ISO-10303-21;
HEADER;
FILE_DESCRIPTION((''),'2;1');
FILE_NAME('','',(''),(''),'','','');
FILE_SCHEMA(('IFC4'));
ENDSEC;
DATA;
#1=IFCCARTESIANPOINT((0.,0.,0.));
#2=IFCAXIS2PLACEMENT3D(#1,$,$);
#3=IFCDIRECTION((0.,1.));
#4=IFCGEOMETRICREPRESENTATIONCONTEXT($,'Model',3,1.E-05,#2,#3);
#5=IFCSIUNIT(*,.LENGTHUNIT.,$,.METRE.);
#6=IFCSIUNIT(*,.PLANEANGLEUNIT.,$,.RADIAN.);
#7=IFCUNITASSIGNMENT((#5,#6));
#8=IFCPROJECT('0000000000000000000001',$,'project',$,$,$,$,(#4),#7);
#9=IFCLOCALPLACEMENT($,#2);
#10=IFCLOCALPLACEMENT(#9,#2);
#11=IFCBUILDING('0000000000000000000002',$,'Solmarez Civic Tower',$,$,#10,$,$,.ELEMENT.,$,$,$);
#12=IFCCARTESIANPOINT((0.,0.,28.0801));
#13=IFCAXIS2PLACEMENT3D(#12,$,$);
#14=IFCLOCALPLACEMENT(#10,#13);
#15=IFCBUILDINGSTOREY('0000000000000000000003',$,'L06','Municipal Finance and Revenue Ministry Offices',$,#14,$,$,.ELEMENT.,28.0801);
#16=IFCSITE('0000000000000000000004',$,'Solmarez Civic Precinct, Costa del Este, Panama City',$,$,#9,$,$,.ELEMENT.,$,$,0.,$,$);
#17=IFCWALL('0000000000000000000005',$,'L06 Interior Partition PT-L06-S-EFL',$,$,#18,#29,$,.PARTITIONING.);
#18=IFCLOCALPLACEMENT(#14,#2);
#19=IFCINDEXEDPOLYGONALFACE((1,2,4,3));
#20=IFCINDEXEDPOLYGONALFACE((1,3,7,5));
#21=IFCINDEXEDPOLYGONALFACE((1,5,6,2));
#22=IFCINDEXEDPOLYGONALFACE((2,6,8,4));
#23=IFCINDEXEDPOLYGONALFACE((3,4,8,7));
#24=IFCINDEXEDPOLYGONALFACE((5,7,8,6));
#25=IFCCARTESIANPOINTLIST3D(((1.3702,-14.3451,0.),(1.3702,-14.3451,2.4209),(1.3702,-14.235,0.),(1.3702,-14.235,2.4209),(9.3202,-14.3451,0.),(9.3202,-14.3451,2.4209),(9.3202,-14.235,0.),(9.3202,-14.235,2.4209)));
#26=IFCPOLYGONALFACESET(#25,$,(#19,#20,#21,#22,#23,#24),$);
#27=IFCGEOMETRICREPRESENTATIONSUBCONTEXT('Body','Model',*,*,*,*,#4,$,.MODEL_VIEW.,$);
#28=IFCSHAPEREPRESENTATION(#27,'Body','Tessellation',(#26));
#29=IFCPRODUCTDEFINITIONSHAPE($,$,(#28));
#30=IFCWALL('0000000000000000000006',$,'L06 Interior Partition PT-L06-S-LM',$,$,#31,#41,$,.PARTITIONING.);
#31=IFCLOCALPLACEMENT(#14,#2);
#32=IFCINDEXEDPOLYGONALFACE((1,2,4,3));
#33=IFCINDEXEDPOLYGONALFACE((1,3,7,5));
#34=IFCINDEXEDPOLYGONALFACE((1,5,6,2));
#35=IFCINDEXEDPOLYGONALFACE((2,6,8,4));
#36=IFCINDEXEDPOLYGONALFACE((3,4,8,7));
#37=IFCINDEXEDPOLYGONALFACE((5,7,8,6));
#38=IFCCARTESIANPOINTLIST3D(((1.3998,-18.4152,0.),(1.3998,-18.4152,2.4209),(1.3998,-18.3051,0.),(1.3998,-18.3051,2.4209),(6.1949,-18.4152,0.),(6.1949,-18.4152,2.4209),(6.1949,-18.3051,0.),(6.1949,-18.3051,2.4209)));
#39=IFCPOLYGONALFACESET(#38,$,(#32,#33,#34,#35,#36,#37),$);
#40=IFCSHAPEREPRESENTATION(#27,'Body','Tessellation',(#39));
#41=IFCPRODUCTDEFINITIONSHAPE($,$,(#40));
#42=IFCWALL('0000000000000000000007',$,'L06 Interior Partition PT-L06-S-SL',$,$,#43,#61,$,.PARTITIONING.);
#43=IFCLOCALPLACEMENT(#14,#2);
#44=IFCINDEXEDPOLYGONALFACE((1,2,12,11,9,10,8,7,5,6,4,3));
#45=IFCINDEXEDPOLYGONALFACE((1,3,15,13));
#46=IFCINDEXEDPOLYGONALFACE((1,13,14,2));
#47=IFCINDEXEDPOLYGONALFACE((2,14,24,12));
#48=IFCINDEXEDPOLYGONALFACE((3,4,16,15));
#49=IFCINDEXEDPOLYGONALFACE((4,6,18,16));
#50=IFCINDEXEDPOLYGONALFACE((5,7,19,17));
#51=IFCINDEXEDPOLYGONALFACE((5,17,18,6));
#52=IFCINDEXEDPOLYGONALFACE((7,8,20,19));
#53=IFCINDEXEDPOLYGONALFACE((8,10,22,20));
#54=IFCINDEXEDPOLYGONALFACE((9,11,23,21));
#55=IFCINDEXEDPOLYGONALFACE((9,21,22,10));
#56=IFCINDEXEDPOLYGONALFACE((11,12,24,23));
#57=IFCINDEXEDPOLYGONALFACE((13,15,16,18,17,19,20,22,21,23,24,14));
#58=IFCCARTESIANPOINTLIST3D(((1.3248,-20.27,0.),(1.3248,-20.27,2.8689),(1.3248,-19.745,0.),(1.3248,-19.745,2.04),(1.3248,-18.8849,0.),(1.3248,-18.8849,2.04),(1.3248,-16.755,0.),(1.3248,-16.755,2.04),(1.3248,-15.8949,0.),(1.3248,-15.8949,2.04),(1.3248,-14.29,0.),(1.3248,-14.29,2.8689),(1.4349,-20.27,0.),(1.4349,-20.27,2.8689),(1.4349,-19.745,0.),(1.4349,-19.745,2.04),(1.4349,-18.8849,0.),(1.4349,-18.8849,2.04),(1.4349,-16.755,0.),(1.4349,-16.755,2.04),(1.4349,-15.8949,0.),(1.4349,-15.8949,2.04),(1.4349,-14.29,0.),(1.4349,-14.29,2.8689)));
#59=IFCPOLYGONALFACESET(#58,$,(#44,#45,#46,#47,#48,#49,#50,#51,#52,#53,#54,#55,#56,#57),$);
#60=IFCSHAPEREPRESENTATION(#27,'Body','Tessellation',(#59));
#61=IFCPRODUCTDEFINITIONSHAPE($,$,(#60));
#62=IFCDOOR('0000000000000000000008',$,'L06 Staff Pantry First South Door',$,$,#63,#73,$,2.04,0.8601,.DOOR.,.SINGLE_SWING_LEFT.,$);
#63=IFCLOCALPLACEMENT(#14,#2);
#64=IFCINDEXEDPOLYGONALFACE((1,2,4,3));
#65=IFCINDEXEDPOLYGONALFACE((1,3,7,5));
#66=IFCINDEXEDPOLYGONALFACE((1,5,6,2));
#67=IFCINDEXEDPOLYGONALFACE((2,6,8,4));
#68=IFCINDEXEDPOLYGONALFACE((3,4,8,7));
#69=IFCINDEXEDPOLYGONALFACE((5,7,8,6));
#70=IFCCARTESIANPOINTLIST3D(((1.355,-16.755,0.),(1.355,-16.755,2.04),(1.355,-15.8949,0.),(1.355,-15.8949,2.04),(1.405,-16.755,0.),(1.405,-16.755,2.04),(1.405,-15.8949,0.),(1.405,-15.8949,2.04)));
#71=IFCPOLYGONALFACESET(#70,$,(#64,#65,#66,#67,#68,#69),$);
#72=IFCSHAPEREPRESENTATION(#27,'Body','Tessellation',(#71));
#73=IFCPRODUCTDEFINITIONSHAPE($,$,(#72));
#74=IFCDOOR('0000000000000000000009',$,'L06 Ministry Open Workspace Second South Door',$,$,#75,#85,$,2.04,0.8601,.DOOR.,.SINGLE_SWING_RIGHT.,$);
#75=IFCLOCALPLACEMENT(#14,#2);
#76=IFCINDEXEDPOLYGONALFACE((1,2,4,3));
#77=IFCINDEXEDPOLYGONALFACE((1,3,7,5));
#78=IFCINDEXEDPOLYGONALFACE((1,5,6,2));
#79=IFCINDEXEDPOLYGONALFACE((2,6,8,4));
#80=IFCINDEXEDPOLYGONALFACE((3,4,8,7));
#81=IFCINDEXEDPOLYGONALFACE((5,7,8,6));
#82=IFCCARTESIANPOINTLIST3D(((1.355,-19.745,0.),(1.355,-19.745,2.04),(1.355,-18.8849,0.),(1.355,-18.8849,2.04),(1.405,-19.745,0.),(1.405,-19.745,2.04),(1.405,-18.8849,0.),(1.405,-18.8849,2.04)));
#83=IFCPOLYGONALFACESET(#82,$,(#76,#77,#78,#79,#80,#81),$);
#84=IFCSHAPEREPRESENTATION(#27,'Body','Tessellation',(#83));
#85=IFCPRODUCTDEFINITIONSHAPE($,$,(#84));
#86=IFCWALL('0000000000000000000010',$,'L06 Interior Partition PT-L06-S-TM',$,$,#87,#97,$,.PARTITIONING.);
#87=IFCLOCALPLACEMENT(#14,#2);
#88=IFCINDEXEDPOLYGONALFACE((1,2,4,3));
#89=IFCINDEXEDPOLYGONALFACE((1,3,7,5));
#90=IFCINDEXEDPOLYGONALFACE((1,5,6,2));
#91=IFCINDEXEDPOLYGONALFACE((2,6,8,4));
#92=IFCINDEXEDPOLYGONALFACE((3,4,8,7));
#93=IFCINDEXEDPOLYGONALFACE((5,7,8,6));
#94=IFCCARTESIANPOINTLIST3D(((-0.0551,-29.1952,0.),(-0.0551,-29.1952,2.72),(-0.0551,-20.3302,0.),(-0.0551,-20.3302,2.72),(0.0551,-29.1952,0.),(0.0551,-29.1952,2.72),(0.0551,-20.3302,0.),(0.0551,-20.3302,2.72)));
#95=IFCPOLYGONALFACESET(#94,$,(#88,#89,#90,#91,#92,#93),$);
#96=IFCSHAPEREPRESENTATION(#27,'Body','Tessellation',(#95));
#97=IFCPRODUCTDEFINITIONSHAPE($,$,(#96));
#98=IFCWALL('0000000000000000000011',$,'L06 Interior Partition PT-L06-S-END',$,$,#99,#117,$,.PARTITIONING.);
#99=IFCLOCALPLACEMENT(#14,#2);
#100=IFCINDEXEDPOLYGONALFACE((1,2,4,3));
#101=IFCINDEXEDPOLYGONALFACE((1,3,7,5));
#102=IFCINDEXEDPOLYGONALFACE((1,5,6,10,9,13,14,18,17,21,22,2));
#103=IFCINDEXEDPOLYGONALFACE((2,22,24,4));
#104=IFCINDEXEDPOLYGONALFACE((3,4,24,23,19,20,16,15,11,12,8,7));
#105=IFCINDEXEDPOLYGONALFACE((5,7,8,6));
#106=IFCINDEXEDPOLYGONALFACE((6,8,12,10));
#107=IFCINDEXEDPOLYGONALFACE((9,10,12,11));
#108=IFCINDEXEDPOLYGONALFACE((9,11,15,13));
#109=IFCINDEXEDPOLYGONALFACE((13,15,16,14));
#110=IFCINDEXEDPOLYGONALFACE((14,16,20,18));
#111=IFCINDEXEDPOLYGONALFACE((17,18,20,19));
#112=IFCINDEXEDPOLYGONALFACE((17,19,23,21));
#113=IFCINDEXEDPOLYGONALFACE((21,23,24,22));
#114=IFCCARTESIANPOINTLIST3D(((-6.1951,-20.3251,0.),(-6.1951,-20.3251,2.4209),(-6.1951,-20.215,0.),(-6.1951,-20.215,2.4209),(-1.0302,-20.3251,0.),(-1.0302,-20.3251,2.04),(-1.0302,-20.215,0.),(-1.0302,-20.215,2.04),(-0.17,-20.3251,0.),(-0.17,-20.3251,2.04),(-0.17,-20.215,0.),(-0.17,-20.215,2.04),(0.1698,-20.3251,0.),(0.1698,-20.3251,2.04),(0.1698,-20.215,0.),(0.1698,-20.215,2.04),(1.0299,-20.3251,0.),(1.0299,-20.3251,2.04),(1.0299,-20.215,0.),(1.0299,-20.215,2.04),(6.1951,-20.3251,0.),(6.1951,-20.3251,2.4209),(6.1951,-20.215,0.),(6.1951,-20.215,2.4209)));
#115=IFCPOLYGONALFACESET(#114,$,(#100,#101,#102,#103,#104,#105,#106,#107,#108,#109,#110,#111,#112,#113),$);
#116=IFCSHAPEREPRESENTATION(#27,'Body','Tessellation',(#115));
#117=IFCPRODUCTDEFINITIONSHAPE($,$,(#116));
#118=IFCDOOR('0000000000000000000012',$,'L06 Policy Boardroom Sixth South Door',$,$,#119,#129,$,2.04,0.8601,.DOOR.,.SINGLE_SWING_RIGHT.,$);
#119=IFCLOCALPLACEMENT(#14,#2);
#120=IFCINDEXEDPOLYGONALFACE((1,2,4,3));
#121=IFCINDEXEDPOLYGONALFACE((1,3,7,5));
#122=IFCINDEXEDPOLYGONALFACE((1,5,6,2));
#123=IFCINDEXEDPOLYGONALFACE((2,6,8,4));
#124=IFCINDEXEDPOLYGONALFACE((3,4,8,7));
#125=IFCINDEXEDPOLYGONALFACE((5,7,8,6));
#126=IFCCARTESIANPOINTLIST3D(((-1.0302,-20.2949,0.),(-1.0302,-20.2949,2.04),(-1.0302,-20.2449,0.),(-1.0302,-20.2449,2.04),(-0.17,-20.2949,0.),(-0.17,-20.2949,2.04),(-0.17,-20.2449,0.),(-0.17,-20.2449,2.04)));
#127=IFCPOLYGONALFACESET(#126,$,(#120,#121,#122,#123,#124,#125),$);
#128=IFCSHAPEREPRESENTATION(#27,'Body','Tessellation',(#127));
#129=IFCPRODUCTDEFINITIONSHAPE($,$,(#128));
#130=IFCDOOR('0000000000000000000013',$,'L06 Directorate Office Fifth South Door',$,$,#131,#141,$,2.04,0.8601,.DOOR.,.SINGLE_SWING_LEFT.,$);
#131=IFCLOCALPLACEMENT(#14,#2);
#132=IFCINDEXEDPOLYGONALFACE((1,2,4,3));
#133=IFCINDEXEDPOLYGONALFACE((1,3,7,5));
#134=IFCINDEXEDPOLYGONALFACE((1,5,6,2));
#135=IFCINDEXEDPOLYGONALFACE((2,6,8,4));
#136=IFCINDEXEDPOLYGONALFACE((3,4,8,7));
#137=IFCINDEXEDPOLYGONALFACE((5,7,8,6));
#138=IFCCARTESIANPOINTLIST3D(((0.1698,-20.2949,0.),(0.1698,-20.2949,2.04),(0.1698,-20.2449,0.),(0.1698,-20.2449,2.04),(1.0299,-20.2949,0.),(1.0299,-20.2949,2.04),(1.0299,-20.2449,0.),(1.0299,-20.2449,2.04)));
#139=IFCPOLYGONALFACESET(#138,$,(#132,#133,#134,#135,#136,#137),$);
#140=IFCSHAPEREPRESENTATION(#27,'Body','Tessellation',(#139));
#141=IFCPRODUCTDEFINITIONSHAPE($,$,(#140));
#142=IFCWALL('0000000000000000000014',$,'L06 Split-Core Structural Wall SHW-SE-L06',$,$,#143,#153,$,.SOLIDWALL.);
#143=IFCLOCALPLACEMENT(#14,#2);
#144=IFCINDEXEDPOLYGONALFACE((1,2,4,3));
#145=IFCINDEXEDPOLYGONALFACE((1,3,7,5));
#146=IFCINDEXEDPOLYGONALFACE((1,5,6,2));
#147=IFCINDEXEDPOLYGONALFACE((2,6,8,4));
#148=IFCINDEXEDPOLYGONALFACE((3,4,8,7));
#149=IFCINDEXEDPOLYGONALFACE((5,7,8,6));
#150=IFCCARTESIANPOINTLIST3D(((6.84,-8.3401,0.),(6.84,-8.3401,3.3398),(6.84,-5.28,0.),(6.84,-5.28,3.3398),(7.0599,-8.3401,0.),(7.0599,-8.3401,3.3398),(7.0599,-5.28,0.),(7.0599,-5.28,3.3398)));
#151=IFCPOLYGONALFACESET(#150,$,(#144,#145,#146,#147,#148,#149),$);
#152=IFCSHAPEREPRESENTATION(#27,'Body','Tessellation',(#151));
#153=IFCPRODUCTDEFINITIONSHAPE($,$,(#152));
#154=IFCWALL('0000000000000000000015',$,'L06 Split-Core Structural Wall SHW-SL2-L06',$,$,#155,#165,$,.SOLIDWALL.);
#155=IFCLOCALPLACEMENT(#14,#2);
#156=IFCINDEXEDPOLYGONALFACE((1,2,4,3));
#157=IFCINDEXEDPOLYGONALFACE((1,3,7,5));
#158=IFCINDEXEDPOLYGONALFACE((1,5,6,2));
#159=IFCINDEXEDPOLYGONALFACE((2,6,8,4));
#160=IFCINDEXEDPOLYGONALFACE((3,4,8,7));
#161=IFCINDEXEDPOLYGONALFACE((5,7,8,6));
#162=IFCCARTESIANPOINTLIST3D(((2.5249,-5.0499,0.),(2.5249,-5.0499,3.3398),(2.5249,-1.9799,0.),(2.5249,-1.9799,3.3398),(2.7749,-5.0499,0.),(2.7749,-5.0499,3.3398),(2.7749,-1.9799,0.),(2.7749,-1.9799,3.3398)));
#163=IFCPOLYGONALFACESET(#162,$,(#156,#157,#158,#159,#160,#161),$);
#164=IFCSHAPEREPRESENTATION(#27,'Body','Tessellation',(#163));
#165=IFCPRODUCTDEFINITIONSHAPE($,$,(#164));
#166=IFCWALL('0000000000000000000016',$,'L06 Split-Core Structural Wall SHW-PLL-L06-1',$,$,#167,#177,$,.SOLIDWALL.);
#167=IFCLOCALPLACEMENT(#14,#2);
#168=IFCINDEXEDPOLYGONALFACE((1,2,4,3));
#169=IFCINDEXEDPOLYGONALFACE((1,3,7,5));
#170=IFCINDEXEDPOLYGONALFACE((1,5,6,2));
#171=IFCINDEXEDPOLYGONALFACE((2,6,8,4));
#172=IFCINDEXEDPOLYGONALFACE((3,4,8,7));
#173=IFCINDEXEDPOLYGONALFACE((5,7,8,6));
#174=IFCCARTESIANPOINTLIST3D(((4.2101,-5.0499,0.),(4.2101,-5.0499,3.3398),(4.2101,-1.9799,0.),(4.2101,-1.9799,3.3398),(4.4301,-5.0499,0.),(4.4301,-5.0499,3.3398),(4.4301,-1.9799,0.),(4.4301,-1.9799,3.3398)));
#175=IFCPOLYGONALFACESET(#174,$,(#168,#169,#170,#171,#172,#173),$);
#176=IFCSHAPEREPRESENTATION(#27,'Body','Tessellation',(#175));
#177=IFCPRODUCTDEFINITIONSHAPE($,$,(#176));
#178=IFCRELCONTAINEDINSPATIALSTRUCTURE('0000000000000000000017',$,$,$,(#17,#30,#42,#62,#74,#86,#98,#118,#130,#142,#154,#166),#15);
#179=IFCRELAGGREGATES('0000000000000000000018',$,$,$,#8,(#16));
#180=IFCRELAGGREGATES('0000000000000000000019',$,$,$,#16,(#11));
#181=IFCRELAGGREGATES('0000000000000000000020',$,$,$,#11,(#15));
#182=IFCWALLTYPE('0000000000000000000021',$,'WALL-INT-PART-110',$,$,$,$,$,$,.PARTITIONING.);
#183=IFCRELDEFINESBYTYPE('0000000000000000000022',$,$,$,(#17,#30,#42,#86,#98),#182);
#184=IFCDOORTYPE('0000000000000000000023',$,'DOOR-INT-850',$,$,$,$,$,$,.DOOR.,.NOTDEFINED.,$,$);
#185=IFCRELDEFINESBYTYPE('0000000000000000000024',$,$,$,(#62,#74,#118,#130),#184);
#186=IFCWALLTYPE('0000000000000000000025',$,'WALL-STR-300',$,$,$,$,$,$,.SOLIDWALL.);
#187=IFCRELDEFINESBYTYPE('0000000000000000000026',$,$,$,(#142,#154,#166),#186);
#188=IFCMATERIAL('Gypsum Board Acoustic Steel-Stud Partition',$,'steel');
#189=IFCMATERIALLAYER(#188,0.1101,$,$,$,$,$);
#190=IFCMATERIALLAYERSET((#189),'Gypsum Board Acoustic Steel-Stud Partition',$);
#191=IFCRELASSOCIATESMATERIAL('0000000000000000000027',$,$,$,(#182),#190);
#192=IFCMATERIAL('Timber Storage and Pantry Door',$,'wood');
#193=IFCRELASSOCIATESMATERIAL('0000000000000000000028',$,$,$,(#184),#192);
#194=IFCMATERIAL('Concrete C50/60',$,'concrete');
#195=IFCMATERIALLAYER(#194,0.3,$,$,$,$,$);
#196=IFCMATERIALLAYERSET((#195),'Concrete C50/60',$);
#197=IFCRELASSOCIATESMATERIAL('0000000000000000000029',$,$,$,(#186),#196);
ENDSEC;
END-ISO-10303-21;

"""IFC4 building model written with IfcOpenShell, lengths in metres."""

from ifc_helpers import new_model, si_unit, direction, frame, frame_2d, origin, place, context, subcontext, project, spatial, rectangle, extrude, material, layer, layer_set, type_object, element, fill, save


model = new_model("IFC4")

# Units and contexts
model_context = context("Model", 3, precision=1e-05, world=origin(), true_north=direction((0.0, 1.0)))
body_context = subcontext(model_context, "Body", "Model", "MODEL_VIEW")
ifc_project = project(units=[si_unit("LENGTHUNIT", "METRE"), si_unit("PLANEANGLEUNIT", "RADIAN")], contexts=[model_context])

# Site, building, storey
site_placement = place(None, origin())
site = spatial("IfcSite", under=ifc_project, at=site_placement, Name="Solmarez Civic Precinct, Costa del Este, Panama City", CompositionType="ELEMENT", RefElevation=0.0)
building_placement = place(site_placement, origin())
building = spatial("IfcBuilding", under=site, at=building_placement, Name="Solmarez Civic Tower", CompositionType="ELEMENT")
storey_placement = place(building_placement, frame((0.0, 0.0, 28.0801)))
storey = spatial("IfcBuildingStorey", under=building, at=storey_placement, Name="L06", Description="Municipal Finance and Revenue Ministry Offices", CompositionType="ELEMENT", Elevation=28.0801)

# Shared definitions
ifc_material_1 = material(Name="Concrete C50/60", Category="concrete")

# Walls
ifc_material_2 = material(Name="Gypsum Board Acoustic Steel-Stud Partition", Category="steel")
ifc_layer_1 = layer(ifc_material_2, 0.1101)
ifc_layer_set_1 = layer_set([ifc_layer_1], Name="Gypsum Board Acoustic Steel-Stud Partition")
wall_type_1 = type_object("IfcWallType", Name="WALL-INT-PART-110", PredefinedType="PARTITIONING", material=ifc_layer_set_1)
wall_1_placement = place(storey_placement, frame((1.3701, -14.29, 0.0), z_axis=(0.0, 0.0, 1.0), x_axis=(1.0, 0.0, 0.0)))
element("IfcWall", 1, at=wall_1_placement, inside=storey, type_object=wall_type_1, Name="L06 Interior Partition PT-L06-S-EFL", PredefinedType="PARTITIONING", context=body_context, shape_type="SweptSolid", body=[
    extrude(rectangle(XDim=7.95, YDim=0.1101, at=frame_2d((3.9751, 0.0))), origin(), (0.0, 0.0, 1.0), 2.4209),
])
wall_2_placement = place(storey_placement, frame((1.3999, -18.3601, 0.0), z_axis=(0.0, 0.0, 1.0), x_axis=(1.0, 0.0, 0.0)))
element("IfcWall", 2, at=wall_2_placement, inside=storey, type_object=wall_type_1, Name="L06 Interior Partition PT-L06-S-LM", PredefinedType="PARTITIONING", context=body_context, shape_type="SweptSolid", body=[
    extrude(rectangle(XDim=4.7952, YDim=0.1101, at=frame_2d((2.3975, 0.0))), origin(), (0.0, 0.0, 1.0), 2.4209),
])

# Wall, openings, doors
wall_3_placement = place(storey_placement, frame((1.3799, -20.27, 0.0), z_axis=(0.0, 0.0, 1.0), x_axis=(0.0, 1.0, 0.0)))
wall_3 = element("IfcWall", 3, at=wall_3_placement, inside=storey, type_object=wall_type_1, Name="L06 Interior Partition PT-L06-S-SL", PredefinedType="PARTITIONING", context=body_context, shape_type="SweptSolid", body=[
    extrude(rectangle(XDim=5.98, YDim=0.1101, at=frame_2d((2.99, 0.0))), origin(), (0.0, 0.0, 1.0), 2.8689),
])
opening_1_placement = place(wall_3_placement, frame((3.5149, 0.0, 0.0)))
opening_1 = element("IfcOpeningElement", 4, at=opening_1_placement, cuts=wall_3, PredefinedType="OPENING", context=body_context, shape_type="SweptSolid", body=[
    extrude(rectangle(XDim=0.8601, YDim=2.04, at=frame_2d((0.4302, 1.02))), frame((0.0, 0.0649, 0.0), z_axis=(0.0, -1.0, 0.0), x_axis=(1.0, 0.0, 0.0)), (0.0, 0.0, 1.0), 0.1301),
])
opening_2_placement = place(wall_3_placement, frame((0.5249, 0.0, 0.0)))
opening_2 = element("IfcOpeningElement", 5, at=opening_2_placement, cuts=wall_3, PredefinedType="OPENING", context=body_context, shape_type="SweptSolid", body=[
    extrude(rectangle(XDim=0.8601, YDim=2.04, at=frame_2d((0.4302, 1.02))), frame((0.0, 0.0649, 0.0), z_axis=(0.0, -1.0, 0.0), x_axis=(1.0, 0.0, 0.0)), (0.0, 0.0, 1.0), 0.1301),
])
ifc_material_3 = material(Name="Timber Storage and Pantry Door", Category="wood")
door_type = type_object("IfcDoorType", Name="DOOR-INT-850", OperationType="NOTDEFINED", PredefinedType="DOOR", material=ifc_material_3)
door_1_placement = place(opening_1_placement, origin())
door_1 = element("IfcDoor", 6, at=door_1_placement, inside=storey, type_object=door_type, Name="L06 Staff Pantry First South Door", OperationType="SINGLE_SWING_LEFT", OverallHeight=2.04, OverallWidth=0.8601, PredefinedType="DOOR", context=body_context, shape_type="SweptSolid", body=[
    extrude(rectangle(XDim=0.8601, YDim=2.04, at=frame_2d((0.4302, 1.02))), frame((0.0, 0.0249, 0.0), z_axis=(0.0, -1.0, 0.0), x_axis=(1.0, 0.0, 0.0)), (0.0, 0.0, 1.0), 0.05),
])
fill(opening_1, door_1)
door_2_placement = place(opening_2_placement, origin())
door_2 = element("IfcDoor", 7, at=door_2_placement, inside=storey, type_object=door_type, Name="L06 Ministry Open Workspace Second South Door", OperationType="SINGLE_SWING_RIGHT", OverallHeight=2.04, OverallWidth=0.8601, PredefinedType="DOOR", context=body_context, shape_type="SweptSolid", body=[
    extrude(rectangle(XDim=0.8601, YDim=2.04, at=frame_2d((0.4302, 1.02))), frame((0.0, 0.0249, 0.0), z_axis=(0.0, -1.0, 0.0), x_axis=(1.0, 0.0, 0.0)), (0.0, 0.0, 1.0), 0.05),
])
fill(opening_2, door_2)

# Wall
wall_4_placement = place(storey_placement, frame((0.0, -20.3301, 0.0), z_axis=(0.0, 0.0, 1.0), x_axis=(0.0, -1.0, 0.0)))
element("IfcWall", 8, at=wall_4_placement, inside=storey, type_object=wall_type_1, Name="L06 Interior Partition PT-L06-S-TM", PredefinedType="PARTITIONING", context=body_context, shape_type="SweptSolid", body=[
    extrude(rectangle(XDim=8.865, YDim=0.1101, at=frame_2d((4.4326, 0.0))), origin(), (0.0, 0.0, 1.0), 2.72),
])

# Wall, openings, doors
wall_5_placement = place(storey_placement, frame((6.1951, -20.27, 0.0), z_axis=(0.0, 0.0, 1.0), x_axis=(-1.0, 0.0, 0.0)))
wall_5 = element("IfcWall", 9, at=wall_5_placement, inside=storey, type_object=wall_type_1, Name="L06 Interior Partition PT-L06-S-END", PredefinedType="PARTITIONING", context=body_context, shape_type="SweptSolid", body=[
    extrude(rectangle(XDim=12.3901, YDim=0.1101, at=frame_2d((6.1951, 0.0))), origin(), (0.0, 0.0, 1.0), 2.4209),
])
opening_3_placement = place(wall_5_placement, frame((6.365, 0.0, 0.0)))
opening_3 = element("IfcOpeningElement", 10, at=opening_3_placement, cuts=wall_5, PredefinedType="OPENING", context=body_context, shape_type="SweptSolid", body=[
    extrude(rectangle(XDim=0.8601, YDim=2.04, at=frame_2d((0.4302, 1.02))), frame((0.0, 0.0649, 0.0), z_axis=(0.0, -1.0, 0.0), x_axis=(1.0, 0.0, 0.0)), (0.0, 0.0, 1.0), 0.1301),
])
opening_4_placement = place(wall_5_placement, frame((5.165, 0.0, 0.0)))
opening_4 = element("IfcOpeningElement", 11, at=opening_4_placement, cuts=wall_5, PredefinedType="OPENING", context=body_context, shape_type="SweptSolid", body=[
    extrude(rectangle(XDim=0.8601, YDim=2.04, at=frame_2d((0.4302, 1.02))), frame((0.0, 0.0649, 0.0), z_axis=(0.0, -1.0, 0.0), x_axis=(1.0, 0.0, 0.0)), (0.0, 0.0, 1.0), 0.1301),
])
door_3_placement = place(opening_3_placement, origin())
door_3 = element("IfcDoor", 12, at=door_3_placement, inside=storey, type_object=door_type, Name="L06 Policy Boardroom Sixth South Door", OperationType="SINGLE_SWING_RIGHT", OverallHeight=2.04, OverallWidth=0.8601, PredefinedType="DOOR", context=body_context, shape_type="SweptSolid", body=[
    extrude(rectangle(XDim=0.8601, YDim=2.04, at=frame_2d((0.4302, 1.02))), frame((0.0, 0.0249, 0.0), z_axis=(0.0, -1.0, 0.0), x_axis=(1.0, 0.0, 0.0)), (0.0, 0.0, 1.0), 0.05),
])
fill(opening_3, door_3)
door_4_placement = place(opening_4_placement, origin())
door_4 = element("IfcDoor", 13, at=door_4_placement, inside=storey, type_object=door_type, Name="L06 Directorate Office Fifth South Door", OperationType="SINGLE_SWING_LEFT", OverallHeight=2.04, OverallWidth=0.8601, PredefinedType="DOOR", context=body_context, shape_type="SweptSolid", body=[
    extrude(rectangle(XDim=0.8601, YDim=2.04, at=frame_2d((0.4302, 1.02))), frame((0.0, 0.0249, 0.0), z_axis=(0.0, -1.0, 0.0), x_axis=(1.0, 0.0, 0.0)), (0.0, 0.0, 1.0), 0.05),
])
fill(opening_4, door_4)

# Walls
ifc_layer_2 = layer(ifc_material_1, 0.3)
ifc_layer_set_2 = layer_set([ifc_layer_2], Name="Concrete C50/60")
wall_type_2 = type_object("IfcWallType", Name="WALL-STR-300", PredefinedType="SOLIDWALL", material=ifc_layer_set_2)
wall_6_placement = place(storey_placement, frame((6.95, -8.3401, 0.0), z_axis=(0.0, 0.0, 1.0), x_axis=(0.0, 1.0, 0.0)))
element("IfcWall", 14, at=wall_6_placement, inside=storey, type_object=wall_type_2, Name="L06 Split-Core Structural Wall SHW-SE-L06", PredefinedType="SOLIDWALL", context=body_context, shape_type="SweptSolid", body=[
    extrude(rectangle(XDim=3.0601, YDim=0.22, at=frame_2d((1.53, 0.0))), origin(), (0.0, 0.0, 1.0), 3.3398),
])
wall_7_placement = place(storey_placement, frame((2.6499, -5.05, 0.0), z_axis=(0.0, 0.0, 1.0), x_axis=(0.0, 1.0, 0.0)))
element("IfcWall", 15, at=wall_7_placement, inside=storey, type_object=wall_type_2, Name="L06 Split-Core Structural Wall SHW-SL2-L06", PredefinedType="SOLIDWALL", context=body_context, shape_type="SweptSolid", body=[
    extrude(rectangle(XDim=3.0701, YDim=0.25, at=frame_2d((1.5352, 0.0))), origin(), (0.0, 0.0, 1.0), 3.3398),
])
for number, where, z_axis, x_axis, name in (
    (16, (4.3201, -5.05, 0.0), (0.0, 0.0, 1.0), (0.0, 1.0, 0.0), "L06 Split-Core Structural Wall SHW-PLL-L06-1"),
):
    element("IfcWall", number, at=place(storey_placement, frame(where, z_axis=z_axis, x_axis=x_axis)), inside=storey, type_object=wall_type_2, Name=name, PredefinedType="SOLIDWALL", context=body_context, shape_type="SweptSolid", body=[
        extrude(rectangle(XDim=3.0701, YDim=0.22, at=frame_2d((1.5352, 0.0))), origin(), (0.0, 0.0, 1.0), 3.3398),
    ])

save(model, "model.ifc")
